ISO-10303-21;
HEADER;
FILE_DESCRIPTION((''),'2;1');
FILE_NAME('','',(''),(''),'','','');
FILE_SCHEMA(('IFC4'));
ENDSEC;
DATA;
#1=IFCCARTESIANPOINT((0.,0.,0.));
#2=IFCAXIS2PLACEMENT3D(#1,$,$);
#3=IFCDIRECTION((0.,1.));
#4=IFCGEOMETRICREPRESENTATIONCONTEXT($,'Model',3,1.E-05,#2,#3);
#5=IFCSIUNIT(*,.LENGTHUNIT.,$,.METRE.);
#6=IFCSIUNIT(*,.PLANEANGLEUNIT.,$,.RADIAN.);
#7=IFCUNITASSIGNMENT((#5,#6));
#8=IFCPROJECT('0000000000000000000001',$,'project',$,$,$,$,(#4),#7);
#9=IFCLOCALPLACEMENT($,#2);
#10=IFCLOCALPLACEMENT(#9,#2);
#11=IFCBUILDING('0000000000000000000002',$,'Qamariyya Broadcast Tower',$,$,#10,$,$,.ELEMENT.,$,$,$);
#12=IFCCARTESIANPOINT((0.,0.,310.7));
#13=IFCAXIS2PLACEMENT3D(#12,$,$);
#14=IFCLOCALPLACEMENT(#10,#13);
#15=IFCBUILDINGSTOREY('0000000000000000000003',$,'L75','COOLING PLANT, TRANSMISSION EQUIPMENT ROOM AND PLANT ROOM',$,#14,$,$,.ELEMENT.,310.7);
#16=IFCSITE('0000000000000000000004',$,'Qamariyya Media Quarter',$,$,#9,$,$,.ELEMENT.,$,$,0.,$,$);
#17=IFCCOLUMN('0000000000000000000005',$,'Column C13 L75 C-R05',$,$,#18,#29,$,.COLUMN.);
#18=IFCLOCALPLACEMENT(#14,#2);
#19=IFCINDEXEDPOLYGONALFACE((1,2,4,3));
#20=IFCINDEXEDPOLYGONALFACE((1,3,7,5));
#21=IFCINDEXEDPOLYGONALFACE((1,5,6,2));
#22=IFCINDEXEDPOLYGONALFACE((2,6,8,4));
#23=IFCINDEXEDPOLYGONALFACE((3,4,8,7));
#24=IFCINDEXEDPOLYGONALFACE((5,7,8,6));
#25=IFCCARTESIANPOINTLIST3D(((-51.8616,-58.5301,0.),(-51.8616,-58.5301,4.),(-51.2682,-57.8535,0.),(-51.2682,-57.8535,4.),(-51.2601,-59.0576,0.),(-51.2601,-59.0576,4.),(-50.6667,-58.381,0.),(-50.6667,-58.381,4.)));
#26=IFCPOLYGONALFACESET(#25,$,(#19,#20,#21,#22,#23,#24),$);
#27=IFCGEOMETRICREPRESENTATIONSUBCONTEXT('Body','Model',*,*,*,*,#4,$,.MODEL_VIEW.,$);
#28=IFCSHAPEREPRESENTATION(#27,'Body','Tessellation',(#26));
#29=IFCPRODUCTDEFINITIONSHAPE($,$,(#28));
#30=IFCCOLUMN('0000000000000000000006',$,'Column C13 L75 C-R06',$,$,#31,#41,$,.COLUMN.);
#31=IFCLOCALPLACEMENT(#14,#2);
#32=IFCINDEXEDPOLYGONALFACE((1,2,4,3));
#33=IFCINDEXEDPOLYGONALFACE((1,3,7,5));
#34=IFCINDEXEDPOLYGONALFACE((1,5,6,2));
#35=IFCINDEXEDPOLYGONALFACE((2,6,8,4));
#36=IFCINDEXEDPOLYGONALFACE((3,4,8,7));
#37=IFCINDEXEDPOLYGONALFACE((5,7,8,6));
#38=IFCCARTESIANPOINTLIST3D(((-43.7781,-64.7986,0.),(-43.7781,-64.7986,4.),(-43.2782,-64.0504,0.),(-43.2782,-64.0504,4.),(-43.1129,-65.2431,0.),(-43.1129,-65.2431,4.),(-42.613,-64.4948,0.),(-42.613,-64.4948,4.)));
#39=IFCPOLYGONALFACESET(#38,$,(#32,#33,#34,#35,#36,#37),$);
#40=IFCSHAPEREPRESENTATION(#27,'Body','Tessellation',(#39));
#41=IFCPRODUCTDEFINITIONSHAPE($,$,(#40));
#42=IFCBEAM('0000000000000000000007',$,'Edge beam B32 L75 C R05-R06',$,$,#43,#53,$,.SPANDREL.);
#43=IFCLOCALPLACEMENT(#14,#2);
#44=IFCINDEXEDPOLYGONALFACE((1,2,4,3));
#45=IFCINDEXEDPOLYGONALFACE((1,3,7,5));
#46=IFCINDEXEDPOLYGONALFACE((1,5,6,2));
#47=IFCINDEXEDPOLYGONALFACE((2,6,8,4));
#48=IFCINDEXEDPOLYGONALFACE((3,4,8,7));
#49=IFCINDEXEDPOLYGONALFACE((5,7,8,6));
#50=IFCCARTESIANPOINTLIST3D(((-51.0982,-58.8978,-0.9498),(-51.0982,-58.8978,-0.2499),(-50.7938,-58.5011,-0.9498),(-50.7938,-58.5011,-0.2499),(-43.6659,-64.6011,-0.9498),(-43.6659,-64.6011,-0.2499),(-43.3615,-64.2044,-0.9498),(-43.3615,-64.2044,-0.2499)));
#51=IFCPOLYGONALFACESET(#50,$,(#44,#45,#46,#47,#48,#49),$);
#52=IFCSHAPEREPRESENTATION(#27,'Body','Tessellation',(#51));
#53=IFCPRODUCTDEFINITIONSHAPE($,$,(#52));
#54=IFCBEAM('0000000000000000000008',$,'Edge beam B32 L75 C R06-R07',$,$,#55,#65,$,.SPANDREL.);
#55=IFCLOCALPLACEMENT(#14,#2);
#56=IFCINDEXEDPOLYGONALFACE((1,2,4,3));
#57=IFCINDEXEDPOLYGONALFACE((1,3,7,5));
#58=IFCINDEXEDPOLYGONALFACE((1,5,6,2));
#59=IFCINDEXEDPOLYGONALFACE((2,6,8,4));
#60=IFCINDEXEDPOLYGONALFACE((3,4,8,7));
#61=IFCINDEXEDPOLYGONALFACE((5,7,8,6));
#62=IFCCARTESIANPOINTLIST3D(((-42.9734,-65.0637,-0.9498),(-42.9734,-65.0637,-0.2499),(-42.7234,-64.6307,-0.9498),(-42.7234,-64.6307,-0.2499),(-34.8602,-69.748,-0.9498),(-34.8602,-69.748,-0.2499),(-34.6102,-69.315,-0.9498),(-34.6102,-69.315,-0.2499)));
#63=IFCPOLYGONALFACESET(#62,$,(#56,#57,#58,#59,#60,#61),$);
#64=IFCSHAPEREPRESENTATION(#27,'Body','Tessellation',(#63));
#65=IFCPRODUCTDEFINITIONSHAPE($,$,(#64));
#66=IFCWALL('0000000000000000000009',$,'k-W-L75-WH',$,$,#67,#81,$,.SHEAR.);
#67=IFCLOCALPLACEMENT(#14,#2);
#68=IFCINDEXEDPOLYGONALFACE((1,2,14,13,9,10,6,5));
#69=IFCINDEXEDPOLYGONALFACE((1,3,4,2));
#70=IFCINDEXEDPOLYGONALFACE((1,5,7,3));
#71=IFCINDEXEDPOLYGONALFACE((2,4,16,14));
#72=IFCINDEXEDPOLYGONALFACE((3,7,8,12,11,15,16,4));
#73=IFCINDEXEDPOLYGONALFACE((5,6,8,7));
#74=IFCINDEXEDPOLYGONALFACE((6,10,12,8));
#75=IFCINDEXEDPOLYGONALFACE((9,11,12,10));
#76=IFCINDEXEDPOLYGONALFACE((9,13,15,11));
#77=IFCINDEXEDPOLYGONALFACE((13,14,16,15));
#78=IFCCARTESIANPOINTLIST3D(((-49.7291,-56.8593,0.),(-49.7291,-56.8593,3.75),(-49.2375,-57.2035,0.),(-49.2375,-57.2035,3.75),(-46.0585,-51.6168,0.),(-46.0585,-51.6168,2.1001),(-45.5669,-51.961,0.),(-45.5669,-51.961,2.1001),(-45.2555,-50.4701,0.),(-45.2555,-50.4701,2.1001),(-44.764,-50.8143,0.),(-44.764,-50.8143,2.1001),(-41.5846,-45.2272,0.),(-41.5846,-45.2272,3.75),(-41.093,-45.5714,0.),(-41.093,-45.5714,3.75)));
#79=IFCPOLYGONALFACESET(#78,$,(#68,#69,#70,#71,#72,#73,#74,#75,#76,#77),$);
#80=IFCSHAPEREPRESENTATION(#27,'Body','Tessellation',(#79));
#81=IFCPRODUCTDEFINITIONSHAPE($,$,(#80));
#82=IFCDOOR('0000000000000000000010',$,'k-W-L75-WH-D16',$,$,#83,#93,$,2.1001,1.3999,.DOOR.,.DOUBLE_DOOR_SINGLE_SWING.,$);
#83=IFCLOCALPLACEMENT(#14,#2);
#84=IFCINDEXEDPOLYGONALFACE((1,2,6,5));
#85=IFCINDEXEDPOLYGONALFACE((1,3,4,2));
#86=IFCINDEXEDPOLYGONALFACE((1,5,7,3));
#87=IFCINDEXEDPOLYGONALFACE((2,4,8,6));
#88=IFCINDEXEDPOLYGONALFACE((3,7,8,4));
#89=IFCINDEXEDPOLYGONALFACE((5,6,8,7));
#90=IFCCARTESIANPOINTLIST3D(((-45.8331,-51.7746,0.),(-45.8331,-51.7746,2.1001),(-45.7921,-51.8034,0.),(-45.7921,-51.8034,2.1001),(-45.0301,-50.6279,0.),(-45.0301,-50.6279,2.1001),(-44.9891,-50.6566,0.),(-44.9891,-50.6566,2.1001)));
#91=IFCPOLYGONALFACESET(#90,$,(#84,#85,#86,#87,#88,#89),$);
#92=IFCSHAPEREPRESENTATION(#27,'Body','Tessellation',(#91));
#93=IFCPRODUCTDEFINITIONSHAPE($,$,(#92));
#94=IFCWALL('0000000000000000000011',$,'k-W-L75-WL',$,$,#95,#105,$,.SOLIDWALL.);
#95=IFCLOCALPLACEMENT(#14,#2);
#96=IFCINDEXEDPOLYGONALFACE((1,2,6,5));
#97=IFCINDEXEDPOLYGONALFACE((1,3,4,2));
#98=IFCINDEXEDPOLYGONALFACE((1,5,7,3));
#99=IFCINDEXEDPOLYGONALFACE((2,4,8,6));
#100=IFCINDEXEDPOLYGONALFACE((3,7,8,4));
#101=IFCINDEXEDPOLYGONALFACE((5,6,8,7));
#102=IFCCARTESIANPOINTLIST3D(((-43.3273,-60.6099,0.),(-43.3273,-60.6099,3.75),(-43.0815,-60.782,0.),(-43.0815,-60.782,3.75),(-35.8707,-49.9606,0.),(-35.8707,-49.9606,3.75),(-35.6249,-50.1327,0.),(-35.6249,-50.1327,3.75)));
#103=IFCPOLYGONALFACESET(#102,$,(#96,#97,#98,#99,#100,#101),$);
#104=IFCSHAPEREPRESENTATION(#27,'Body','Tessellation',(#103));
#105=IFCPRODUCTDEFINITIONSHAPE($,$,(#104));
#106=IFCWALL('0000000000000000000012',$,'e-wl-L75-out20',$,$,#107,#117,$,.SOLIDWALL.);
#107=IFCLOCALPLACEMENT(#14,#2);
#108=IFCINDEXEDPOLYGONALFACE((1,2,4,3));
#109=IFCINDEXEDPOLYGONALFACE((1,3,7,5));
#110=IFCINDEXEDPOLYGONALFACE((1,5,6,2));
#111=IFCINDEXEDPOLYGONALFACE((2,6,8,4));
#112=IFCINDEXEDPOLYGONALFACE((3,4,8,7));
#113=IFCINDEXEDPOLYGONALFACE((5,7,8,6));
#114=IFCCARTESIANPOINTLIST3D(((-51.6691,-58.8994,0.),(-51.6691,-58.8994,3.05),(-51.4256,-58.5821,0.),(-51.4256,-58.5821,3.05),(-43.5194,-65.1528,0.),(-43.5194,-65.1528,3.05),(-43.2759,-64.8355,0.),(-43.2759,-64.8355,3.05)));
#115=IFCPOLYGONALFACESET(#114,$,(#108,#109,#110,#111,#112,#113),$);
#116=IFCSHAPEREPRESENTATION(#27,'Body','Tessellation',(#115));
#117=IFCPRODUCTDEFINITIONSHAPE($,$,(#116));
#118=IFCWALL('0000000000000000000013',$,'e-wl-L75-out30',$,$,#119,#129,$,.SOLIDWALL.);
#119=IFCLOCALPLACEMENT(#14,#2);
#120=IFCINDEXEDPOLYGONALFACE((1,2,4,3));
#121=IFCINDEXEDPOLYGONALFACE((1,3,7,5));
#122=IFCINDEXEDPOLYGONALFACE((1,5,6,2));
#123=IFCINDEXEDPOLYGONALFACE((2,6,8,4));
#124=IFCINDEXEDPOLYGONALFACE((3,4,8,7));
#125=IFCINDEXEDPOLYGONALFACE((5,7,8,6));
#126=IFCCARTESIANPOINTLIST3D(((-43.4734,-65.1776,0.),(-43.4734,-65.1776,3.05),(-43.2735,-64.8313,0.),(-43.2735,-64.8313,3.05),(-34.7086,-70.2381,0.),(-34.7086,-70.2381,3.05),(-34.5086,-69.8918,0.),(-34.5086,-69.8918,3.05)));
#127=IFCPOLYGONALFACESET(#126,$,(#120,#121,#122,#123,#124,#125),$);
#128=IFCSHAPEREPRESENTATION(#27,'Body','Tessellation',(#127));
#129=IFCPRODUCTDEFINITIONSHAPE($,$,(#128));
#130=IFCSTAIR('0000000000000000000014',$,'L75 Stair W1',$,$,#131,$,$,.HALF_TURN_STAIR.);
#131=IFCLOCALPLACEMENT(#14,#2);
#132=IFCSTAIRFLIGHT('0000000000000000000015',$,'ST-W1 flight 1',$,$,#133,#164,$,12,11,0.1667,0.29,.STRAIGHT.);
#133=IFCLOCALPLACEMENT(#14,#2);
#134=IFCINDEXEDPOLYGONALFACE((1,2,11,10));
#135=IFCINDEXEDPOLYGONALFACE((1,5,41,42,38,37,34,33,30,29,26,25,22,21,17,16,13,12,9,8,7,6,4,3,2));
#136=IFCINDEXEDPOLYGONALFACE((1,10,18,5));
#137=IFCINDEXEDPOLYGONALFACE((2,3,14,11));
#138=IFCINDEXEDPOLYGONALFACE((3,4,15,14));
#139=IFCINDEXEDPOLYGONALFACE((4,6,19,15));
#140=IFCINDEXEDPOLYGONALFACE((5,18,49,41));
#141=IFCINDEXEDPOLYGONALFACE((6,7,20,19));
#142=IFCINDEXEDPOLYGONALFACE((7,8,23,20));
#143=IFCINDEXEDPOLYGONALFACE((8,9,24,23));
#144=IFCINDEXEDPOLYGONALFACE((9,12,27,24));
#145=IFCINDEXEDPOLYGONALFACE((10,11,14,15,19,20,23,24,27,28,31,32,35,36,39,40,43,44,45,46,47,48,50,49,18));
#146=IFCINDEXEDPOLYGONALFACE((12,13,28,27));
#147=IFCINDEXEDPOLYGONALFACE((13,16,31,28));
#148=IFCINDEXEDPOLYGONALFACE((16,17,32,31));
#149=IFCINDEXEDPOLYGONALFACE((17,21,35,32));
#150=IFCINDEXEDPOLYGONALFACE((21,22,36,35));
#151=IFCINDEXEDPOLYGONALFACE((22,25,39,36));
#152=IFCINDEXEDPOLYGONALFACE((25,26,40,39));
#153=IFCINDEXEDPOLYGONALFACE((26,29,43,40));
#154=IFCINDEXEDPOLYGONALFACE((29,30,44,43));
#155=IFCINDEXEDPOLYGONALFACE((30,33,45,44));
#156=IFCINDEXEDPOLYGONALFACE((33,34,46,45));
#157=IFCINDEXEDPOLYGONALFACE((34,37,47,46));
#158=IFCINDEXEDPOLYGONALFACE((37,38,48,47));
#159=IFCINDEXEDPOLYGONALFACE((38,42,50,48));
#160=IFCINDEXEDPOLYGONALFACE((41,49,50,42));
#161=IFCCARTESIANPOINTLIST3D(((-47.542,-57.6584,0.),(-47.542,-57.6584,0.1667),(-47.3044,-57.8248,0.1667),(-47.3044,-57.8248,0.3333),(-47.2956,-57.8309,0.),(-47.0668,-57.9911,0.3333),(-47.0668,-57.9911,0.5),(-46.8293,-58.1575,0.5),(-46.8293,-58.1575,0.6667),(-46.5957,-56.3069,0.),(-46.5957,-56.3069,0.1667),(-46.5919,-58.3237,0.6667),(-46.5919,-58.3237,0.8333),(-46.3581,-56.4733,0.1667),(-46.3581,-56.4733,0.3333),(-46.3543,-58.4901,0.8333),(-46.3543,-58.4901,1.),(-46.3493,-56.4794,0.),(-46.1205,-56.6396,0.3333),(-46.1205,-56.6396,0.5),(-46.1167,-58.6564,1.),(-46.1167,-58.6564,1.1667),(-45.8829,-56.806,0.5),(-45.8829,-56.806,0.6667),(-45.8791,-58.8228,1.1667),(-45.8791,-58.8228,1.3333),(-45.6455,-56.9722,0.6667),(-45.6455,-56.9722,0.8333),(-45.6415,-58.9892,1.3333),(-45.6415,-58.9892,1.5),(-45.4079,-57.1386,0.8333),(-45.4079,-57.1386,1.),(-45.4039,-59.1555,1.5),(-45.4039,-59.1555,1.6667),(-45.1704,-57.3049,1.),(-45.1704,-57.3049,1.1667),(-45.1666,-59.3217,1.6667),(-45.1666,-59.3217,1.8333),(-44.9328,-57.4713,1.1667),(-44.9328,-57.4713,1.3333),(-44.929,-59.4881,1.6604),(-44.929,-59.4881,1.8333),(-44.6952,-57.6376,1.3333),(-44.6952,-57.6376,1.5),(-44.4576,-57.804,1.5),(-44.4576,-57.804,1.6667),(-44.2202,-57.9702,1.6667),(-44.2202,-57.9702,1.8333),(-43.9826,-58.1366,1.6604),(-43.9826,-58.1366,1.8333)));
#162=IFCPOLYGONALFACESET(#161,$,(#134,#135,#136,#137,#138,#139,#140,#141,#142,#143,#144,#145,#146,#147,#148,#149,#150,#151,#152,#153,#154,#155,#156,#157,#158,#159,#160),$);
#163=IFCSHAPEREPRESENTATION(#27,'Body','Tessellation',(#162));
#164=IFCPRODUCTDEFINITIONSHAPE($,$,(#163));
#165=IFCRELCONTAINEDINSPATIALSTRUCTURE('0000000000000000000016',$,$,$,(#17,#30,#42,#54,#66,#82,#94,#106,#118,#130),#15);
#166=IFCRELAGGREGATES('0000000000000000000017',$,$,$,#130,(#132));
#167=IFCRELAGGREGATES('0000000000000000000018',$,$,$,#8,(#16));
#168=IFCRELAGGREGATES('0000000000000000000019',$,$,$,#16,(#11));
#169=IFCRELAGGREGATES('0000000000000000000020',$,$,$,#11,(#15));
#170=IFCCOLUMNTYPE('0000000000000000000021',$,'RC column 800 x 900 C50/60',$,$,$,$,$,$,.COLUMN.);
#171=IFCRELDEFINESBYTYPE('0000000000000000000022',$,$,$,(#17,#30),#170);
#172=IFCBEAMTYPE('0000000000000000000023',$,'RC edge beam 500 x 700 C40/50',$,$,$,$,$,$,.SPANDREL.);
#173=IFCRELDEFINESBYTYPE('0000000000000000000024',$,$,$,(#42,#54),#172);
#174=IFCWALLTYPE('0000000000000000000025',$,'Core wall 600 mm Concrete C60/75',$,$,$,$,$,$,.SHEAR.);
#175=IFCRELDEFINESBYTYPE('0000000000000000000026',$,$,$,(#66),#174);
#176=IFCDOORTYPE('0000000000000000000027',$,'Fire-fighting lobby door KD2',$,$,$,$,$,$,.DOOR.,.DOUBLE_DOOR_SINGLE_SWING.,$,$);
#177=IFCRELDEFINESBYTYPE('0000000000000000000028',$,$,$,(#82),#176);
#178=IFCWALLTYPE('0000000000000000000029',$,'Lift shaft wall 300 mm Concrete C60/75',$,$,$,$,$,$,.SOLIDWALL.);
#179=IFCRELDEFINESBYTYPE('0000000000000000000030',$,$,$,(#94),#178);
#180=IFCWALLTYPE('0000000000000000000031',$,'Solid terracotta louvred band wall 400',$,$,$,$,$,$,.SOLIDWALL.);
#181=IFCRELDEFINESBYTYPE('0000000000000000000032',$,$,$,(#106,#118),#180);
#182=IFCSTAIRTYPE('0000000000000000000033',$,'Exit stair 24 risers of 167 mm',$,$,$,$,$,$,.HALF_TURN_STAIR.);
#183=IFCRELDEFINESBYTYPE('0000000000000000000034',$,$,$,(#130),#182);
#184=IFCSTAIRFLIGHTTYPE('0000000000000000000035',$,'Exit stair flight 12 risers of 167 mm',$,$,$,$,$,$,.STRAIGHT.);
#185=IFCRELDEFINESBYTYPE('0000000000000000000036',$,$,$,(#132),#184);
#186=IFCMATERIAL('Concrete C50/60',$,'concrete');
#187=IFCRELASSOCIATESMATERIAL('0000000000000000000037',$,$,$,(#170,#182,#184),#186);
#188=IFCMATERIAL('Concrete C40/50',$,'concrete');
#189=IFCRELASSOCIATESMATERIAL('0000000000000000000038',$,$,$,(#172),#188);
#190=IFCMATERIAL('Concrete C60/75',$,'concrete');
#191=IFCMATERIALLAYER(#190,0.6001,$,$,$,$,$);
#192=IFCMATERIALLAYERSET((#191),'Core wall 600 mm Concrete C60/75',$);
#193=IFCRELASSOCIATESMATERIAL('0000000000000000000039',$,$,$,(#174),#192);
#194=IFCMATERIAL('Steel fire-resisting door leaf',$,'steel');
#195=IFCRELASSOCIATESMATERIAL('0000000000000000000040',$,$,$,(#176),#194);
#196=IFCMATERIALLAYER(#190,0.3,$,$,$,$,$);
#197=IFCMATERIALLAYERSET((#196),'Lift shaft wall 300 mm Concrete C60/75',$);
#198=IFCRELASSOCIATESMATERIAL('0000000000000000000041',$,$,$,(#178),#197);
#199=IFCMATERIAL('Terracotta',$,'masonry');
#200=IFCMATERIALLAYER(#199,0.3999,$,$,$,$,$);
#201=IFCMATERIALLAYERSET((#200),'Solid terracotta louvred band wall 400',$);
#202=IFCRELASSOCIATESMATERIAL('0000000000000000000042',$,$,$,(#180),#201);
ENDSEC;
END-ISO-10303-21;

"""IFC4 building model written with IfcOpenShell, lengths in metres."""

from ifc_helpers import new_model, si_unit, direction, frame, frame_2d, origin, origin_2d, place, context, subcontext, project, spatial, polyline, rectangle, outline, extrude, material, layer, layer_set, material_profile, profile_set, type_object, element, fill, aggregate, save


model = new_model("IFC4")

# Units and contexts
model_context = context("Model", 3, precision=1e-05, world=origin(), true_north=direction((0.0, 1.0)))
body_context = subcontext(model_context, "Body", "Model", "MODEL_VIEW")
ifc_project = project(units=[si_unit("LENGTHUNIT", "METRE"), si_unit("PLANEANGLEUNIT", "RADIAN")], contexts=[model_context])

# Site, building, storey
site_placement = place(None, origin())
site = spatial("IfcSite", under=ifc_project, at=site_placement, Name="Qamariyya Media Quarter", CompositionType="ELEMENT", RefElevation=0.0)
building_placement = place(site_placement, origin())
building = spatial("IfcBuilding", under=site, at=building_placement, Name="Qamariyya Broadcast Tower", CompositionType="ELEMENT")
storey_placement = place(building_placement, frame((0.0, 0.0, 310.7)))
storey = spatial("IfcBuildingStorey", under=building, at=storey_placement, Name="L75", Description="COOLING PLANT, TRANSMISSION EQUIPMENT ROOM AND PLANT ROOM", CompositionType="ELEMENT", Elevation=310.7)

# Columns
ifc_material_1 = material(Name="Concrete C50/60", Category="concrete")
ifc_material_profile_1 = material_profile(ifc_material_1, rectangle(XDim=0.8, YDim=0.8999, at=origin_2d()))
ifc_profile_set_1 = profile_set([ifc_material_profile_1], Name="Concrete C50/60")
column_type = type_object("IfcColumnType", Name="RC column 800 x 900 C50/60", PredefinedType="COLUMN", material=ifc_profile_set_1)
for number, where, z_axis, x_axis, name in (
    (1, (-51.2642, -58.4556, 0.0), (0.0, 0.0, 1.0), (0.75184, -0.659346, 0.0), "Column C13 L75 C-R05"),
    (2, (-43.1956, -64.6467, 0.0), (0.0, 0.0, 1.0), (0.83147, -0.55557, 0.0), "Column C13 L75 C-R06"),
):
    element("IfcColumn", number, at=place(storey_placement, frame(where, z_axis=z_axis, x_axis=x_axis)), inside=storey, type_object=column_type, Name=name, PredefinedType="COLUMN", context=body_context, shape_type="SweptSolid", body=[
        extrude(rectangle(XDim=0.8, YDim=0.8999, at=origin_2d()), origin(), (0.0, 0.0, 1.0), 4.0),
    ])

# Beams
ifc_material_2 = material(Name="Concrete C40/50", Category="concrete")
ifc_material_profile_2 = material_profile(ifc_material_2, rectangle(XDim=0.5, YDim=0.7, at=origin_2d()))
ifc_profile_set_2 = profile_set([ifc_material_profile_2], Name="Concrete C40/50")
beam_type = type_object("IfcBeamType", Name="RC edge beam 500 x 700 C40/50", PredefinedType="SPANDREL", material=ifc_profile_set_2)
for number, where, z_axis, x_axis, name in (
    (3, (-50.946, -58.6995, -0.5999), (0.793337, -0.608782, 0.0), (0.608782, 0.793337, 0.0), "Edge beam B32 L75 C R05-R06"),
    (4, (-42.8484, -64.8472, -0.5999), (0.86602, -0.50001, 0.0), (0.50001, 0.86602, 0.0), "Edge beam B32 L75 C R06-R07"),
):
    element("IfcBeam", number, at=place(storey_placement, frame(where, z_axis=z_axis, x_axis=x_axis)), inside=storey, type_object=beam_type, Name=name, PredefinedType="SPANDREL", context=body_context, shape_type="SweptSolid", body=[
        extrude(rectangle(XDim=0.5, YDim=0.7, at=origin_2d()), origin(), (0.0, 0.0, 1.0), 9.3684),
    ])

# Wall, opening, door
ifc_material_3 = material(Name="Concrete C60/75", Category="concrete")
ifc_layer_1 = layer(ifc_material_3, 0.6001)
ifc_layer_set_1 = layer_set([ifc_layer_1], Name="Core wall 600 mm Concrete C60/75")
wall_type_1 = type_object("IfcWallType", Name="Core wall 600 mm Concrete C60/75", PredefinedType="SHEAR", material=ifc_layer_set_1)
wall_1_placement = place(storey_placement, frame((-49.4834, -57.0315, 0.0), z_axis=(0.0, 0.0, 1.0), x_axis=(0.57356, 0.819163, 0.0)))
wall_1 = element("IfcWall", 5, at=wall_1_placement, inside=storey, type_object=wall_type_1, Name="k-W-L75-WH", PredefinedType="SHEAR", context=body_context, shape_type="SweptSolid", body=[
    extrude(rectangle(XDim=14.2, YDim=0.6001, at=frame_2d((7.1001, 0.0))), origin(), (0.0, 0.0, 1.0), 3.75),
])
opening_placement = place(wall_1_placement, frame((6.3999, 0.0, 0.0)))
opening = element("IfcOpeningElement", 6, at=opening_placement, cuts=wall_1, PredefinedType="OPENING", context=body_context, shape_type="SweptSolid", body=[
    extrude(rectangle(XDim=1.3999, YDim=2.1001, at=frame_2d((0.7, 1.05))), frame((0.0, 0.3101, 0.0), z_axis=(0.0, -1.0, 0.0), x_axis=(1.0, 0.0, 0.0)), (0.0, 0.0, 1.0), 0.6201),
])
ifc_material_4 = material(Name="Steel fire-resisting door leaf", Category="steel")
door_type = type_object("IfcDoorType", Name="Fire-fighting lobby door KD2", OperationType="DOUBLE_DOOR_SINGLE_SWING", PredefinedType="DOOR", material=ifc_material_4)
door_placement = place(opening_placement, origin())
door = element("IfcDoor", 7, at=door_placement, inside=storey, type_object=door_type, Name="k-W-L75-WH-D16", OperationType="DOUBLE_DOOR_SINGLE_SWING", OverallHeight=2.1001, OverallWidth=1.3999, PredefinedType="DOOR", context=body_context, shape_type="SweptSolid", body=[
    extrude(rectangle(XDim=1.3999, YDim=2.1001, at=frame_2d((0.7, 1.05))), frame((0.0, 0.0249, 0.0), z_axis=(0.0, -1.0, 0.0), x_axis=(1.0, 0.0, 0.0)), (0.0, 0.0, 1.0), 0.05),
])
fill(opening, door)

# Walls
ifc_layer_2 = layer(ifc_material_3, 0.3)
ifc_layer_set_2 = layer_set([ifc_layer_2], Name="Lift shaft wall 300 mm Concrete C60/75")
wall_type_2 = type_object("IfcWallType", Name="Lift shaft wall 300 mm Concrete C60/75", PredefinedType="SOLIDWALL", material=ifc_layer_set_2)
wall_2_placement = place(storey_placement, frame((-43.2043, -60.6958, 0.0), z_axis=(0.0, 0.0, 1.0), x_axis=(0.573572, 0.819155, 0.0)))
element("IfcWall", 8, at=wall_2_placement, inside=storey, type_object=wall_type_2, Name="k-W-L75-WL", PredefinedType="SOLIDWALL", context=body_context, shape_type="SweptSolid", body=[
    extrude(rectangle(XDim=13.0002, YDim=0.3, at=frame_2d((6.5, 0.0))), origin(), (0.0, 0.0, 1.0), 3.75),
])
ifc_material_5 = material(Name="Terracotta", Category="masonry")
ifc_layer_3 = layer(ifc_material_5, 0.3999)
ifc_layer_set_3 = layer_set([ifc_layer_3], Name="Solid terracotta louvred band wall 400")
wall_type_3 = type_object("IfcWallType", Name="Solid terracotta louvred band wall 400", PredefinedType="SOLIDWALL", material=ifc_layer_set_3)
wall_3_placement = place(storey_placement, frame((-51.5474, -58.7407, 0.0), z_axis=(0.0, 0.0, 1.0), x_axis=(0.793355, -0.608759, 0.0)))
element("IfcWall", 9, at=wall_3_placement, inside=storey, type_object=wall_type_3, Name="e-wl-L75-out20", PredefinedType="SOLIDWALL", context=body_context, shape_type="SweptSolid", body=[
    extrude(rectangle(XDim=10.2725, YDim=0.3999, at=frame_2d((5.1362, 0.0))), origin(), (0.0, 0.0, 1.0), 3.05),
])
wall_4_placement = place(storey_placement, frame((-43.3735, -65.0044, 0.0), z_axis=(0.0, 0.0, 1.0), x_axis=(0.86602, -0.50001, 0.0)))
element("IfcWall", 10, at=wall_4_placement, inside=storey, type_object=wall_type_3, Name="e-wl-L75-out30", PredefinedType="SOLIDWALL", context=body_context, shape_type="SweptSolid", body=[
    extrude(rectangle(XDim=10.1208, YDim=0.3999, at=frame_2d((5.0605, 0.0))), origin(), (0.0, 0.0, 1.0), 3.05),
])

# Stair, stair flight
stair_type = type_object("IfcStairType", Name="Exit stair 24 risers of 167 mm", PredefinedType="HALF_TURN_STAIR", material=ifc_material_1)
stair_placement = place(storey_placement, origin())
stair = element("IfcStair", 11, at=stair_placement, inside=storey, type_object=stair_type, Name="L75 Stair W1", PredefinedType="HALF_TURN_STAIR")
stair_flight_type = type_object("IfcStairFlightType", Name="Exit stair flight 12 risers of 167 mm", PredefinedType="STRAIGHT", material=ifc_material_1)
stair_flight_1_placement = place(storey_placement, frame((-47.0688, -56.9827, 0.0), z_axis=(0.0, 0.0, 1.0), x_axis=(0.819152, -0.573576, 0.0)))
stair_flight_1 = element("IfcStairFlight", 12, at=stair_flight_1_placement, type_object=stair_flight_type, Name="ST-W1 flight 1", NumberOfRisers=12, NumberOfTreads=11, PredefinedType="STRAIGHT", RiserHeight=0.1667, TreadLength=0.29, context=body_context, shape_type="SweptSolid", body=[
    extrude(outline(polyline([(0.0, 0.0), (0.0, 0.1667), (0.29, 0.1667), (0.29, 0.3333), (0.5801, 0.3333), (0.5801, 0.5), (0.8701, 0.5), (0.8701, 0.6667), (1.1599, 0.6667), (1.1599, 0.8333), (1.45, 0.8333), (1.45, 1.0), (1.74, 1.0), (1.74, 1.1667), (2.03, 1.1667), (2.03, 1.3333), (2.3201, 1.3333), (2.3201, 1.5), (2.6101, 1.5), (2.6101, 1.6667), (2.8999, 1.6667), (2.8999, 1.8333), (3.1899, 1.8333), (3.1899, 2.0), (3.1899, 1.6604), (0.3008, 0.0), (0.0, 0.0)])), frame((0.0, 0.825, 0.0), z_axis=(0.0, -1.0, 0.0), x_axis=(1.0, 0.0, 0.0)), (0.0, 0.0, 1.0), 1.6499),
])
aggregate(stair, [stair_flight_1])

save(model, "model.ifc")
